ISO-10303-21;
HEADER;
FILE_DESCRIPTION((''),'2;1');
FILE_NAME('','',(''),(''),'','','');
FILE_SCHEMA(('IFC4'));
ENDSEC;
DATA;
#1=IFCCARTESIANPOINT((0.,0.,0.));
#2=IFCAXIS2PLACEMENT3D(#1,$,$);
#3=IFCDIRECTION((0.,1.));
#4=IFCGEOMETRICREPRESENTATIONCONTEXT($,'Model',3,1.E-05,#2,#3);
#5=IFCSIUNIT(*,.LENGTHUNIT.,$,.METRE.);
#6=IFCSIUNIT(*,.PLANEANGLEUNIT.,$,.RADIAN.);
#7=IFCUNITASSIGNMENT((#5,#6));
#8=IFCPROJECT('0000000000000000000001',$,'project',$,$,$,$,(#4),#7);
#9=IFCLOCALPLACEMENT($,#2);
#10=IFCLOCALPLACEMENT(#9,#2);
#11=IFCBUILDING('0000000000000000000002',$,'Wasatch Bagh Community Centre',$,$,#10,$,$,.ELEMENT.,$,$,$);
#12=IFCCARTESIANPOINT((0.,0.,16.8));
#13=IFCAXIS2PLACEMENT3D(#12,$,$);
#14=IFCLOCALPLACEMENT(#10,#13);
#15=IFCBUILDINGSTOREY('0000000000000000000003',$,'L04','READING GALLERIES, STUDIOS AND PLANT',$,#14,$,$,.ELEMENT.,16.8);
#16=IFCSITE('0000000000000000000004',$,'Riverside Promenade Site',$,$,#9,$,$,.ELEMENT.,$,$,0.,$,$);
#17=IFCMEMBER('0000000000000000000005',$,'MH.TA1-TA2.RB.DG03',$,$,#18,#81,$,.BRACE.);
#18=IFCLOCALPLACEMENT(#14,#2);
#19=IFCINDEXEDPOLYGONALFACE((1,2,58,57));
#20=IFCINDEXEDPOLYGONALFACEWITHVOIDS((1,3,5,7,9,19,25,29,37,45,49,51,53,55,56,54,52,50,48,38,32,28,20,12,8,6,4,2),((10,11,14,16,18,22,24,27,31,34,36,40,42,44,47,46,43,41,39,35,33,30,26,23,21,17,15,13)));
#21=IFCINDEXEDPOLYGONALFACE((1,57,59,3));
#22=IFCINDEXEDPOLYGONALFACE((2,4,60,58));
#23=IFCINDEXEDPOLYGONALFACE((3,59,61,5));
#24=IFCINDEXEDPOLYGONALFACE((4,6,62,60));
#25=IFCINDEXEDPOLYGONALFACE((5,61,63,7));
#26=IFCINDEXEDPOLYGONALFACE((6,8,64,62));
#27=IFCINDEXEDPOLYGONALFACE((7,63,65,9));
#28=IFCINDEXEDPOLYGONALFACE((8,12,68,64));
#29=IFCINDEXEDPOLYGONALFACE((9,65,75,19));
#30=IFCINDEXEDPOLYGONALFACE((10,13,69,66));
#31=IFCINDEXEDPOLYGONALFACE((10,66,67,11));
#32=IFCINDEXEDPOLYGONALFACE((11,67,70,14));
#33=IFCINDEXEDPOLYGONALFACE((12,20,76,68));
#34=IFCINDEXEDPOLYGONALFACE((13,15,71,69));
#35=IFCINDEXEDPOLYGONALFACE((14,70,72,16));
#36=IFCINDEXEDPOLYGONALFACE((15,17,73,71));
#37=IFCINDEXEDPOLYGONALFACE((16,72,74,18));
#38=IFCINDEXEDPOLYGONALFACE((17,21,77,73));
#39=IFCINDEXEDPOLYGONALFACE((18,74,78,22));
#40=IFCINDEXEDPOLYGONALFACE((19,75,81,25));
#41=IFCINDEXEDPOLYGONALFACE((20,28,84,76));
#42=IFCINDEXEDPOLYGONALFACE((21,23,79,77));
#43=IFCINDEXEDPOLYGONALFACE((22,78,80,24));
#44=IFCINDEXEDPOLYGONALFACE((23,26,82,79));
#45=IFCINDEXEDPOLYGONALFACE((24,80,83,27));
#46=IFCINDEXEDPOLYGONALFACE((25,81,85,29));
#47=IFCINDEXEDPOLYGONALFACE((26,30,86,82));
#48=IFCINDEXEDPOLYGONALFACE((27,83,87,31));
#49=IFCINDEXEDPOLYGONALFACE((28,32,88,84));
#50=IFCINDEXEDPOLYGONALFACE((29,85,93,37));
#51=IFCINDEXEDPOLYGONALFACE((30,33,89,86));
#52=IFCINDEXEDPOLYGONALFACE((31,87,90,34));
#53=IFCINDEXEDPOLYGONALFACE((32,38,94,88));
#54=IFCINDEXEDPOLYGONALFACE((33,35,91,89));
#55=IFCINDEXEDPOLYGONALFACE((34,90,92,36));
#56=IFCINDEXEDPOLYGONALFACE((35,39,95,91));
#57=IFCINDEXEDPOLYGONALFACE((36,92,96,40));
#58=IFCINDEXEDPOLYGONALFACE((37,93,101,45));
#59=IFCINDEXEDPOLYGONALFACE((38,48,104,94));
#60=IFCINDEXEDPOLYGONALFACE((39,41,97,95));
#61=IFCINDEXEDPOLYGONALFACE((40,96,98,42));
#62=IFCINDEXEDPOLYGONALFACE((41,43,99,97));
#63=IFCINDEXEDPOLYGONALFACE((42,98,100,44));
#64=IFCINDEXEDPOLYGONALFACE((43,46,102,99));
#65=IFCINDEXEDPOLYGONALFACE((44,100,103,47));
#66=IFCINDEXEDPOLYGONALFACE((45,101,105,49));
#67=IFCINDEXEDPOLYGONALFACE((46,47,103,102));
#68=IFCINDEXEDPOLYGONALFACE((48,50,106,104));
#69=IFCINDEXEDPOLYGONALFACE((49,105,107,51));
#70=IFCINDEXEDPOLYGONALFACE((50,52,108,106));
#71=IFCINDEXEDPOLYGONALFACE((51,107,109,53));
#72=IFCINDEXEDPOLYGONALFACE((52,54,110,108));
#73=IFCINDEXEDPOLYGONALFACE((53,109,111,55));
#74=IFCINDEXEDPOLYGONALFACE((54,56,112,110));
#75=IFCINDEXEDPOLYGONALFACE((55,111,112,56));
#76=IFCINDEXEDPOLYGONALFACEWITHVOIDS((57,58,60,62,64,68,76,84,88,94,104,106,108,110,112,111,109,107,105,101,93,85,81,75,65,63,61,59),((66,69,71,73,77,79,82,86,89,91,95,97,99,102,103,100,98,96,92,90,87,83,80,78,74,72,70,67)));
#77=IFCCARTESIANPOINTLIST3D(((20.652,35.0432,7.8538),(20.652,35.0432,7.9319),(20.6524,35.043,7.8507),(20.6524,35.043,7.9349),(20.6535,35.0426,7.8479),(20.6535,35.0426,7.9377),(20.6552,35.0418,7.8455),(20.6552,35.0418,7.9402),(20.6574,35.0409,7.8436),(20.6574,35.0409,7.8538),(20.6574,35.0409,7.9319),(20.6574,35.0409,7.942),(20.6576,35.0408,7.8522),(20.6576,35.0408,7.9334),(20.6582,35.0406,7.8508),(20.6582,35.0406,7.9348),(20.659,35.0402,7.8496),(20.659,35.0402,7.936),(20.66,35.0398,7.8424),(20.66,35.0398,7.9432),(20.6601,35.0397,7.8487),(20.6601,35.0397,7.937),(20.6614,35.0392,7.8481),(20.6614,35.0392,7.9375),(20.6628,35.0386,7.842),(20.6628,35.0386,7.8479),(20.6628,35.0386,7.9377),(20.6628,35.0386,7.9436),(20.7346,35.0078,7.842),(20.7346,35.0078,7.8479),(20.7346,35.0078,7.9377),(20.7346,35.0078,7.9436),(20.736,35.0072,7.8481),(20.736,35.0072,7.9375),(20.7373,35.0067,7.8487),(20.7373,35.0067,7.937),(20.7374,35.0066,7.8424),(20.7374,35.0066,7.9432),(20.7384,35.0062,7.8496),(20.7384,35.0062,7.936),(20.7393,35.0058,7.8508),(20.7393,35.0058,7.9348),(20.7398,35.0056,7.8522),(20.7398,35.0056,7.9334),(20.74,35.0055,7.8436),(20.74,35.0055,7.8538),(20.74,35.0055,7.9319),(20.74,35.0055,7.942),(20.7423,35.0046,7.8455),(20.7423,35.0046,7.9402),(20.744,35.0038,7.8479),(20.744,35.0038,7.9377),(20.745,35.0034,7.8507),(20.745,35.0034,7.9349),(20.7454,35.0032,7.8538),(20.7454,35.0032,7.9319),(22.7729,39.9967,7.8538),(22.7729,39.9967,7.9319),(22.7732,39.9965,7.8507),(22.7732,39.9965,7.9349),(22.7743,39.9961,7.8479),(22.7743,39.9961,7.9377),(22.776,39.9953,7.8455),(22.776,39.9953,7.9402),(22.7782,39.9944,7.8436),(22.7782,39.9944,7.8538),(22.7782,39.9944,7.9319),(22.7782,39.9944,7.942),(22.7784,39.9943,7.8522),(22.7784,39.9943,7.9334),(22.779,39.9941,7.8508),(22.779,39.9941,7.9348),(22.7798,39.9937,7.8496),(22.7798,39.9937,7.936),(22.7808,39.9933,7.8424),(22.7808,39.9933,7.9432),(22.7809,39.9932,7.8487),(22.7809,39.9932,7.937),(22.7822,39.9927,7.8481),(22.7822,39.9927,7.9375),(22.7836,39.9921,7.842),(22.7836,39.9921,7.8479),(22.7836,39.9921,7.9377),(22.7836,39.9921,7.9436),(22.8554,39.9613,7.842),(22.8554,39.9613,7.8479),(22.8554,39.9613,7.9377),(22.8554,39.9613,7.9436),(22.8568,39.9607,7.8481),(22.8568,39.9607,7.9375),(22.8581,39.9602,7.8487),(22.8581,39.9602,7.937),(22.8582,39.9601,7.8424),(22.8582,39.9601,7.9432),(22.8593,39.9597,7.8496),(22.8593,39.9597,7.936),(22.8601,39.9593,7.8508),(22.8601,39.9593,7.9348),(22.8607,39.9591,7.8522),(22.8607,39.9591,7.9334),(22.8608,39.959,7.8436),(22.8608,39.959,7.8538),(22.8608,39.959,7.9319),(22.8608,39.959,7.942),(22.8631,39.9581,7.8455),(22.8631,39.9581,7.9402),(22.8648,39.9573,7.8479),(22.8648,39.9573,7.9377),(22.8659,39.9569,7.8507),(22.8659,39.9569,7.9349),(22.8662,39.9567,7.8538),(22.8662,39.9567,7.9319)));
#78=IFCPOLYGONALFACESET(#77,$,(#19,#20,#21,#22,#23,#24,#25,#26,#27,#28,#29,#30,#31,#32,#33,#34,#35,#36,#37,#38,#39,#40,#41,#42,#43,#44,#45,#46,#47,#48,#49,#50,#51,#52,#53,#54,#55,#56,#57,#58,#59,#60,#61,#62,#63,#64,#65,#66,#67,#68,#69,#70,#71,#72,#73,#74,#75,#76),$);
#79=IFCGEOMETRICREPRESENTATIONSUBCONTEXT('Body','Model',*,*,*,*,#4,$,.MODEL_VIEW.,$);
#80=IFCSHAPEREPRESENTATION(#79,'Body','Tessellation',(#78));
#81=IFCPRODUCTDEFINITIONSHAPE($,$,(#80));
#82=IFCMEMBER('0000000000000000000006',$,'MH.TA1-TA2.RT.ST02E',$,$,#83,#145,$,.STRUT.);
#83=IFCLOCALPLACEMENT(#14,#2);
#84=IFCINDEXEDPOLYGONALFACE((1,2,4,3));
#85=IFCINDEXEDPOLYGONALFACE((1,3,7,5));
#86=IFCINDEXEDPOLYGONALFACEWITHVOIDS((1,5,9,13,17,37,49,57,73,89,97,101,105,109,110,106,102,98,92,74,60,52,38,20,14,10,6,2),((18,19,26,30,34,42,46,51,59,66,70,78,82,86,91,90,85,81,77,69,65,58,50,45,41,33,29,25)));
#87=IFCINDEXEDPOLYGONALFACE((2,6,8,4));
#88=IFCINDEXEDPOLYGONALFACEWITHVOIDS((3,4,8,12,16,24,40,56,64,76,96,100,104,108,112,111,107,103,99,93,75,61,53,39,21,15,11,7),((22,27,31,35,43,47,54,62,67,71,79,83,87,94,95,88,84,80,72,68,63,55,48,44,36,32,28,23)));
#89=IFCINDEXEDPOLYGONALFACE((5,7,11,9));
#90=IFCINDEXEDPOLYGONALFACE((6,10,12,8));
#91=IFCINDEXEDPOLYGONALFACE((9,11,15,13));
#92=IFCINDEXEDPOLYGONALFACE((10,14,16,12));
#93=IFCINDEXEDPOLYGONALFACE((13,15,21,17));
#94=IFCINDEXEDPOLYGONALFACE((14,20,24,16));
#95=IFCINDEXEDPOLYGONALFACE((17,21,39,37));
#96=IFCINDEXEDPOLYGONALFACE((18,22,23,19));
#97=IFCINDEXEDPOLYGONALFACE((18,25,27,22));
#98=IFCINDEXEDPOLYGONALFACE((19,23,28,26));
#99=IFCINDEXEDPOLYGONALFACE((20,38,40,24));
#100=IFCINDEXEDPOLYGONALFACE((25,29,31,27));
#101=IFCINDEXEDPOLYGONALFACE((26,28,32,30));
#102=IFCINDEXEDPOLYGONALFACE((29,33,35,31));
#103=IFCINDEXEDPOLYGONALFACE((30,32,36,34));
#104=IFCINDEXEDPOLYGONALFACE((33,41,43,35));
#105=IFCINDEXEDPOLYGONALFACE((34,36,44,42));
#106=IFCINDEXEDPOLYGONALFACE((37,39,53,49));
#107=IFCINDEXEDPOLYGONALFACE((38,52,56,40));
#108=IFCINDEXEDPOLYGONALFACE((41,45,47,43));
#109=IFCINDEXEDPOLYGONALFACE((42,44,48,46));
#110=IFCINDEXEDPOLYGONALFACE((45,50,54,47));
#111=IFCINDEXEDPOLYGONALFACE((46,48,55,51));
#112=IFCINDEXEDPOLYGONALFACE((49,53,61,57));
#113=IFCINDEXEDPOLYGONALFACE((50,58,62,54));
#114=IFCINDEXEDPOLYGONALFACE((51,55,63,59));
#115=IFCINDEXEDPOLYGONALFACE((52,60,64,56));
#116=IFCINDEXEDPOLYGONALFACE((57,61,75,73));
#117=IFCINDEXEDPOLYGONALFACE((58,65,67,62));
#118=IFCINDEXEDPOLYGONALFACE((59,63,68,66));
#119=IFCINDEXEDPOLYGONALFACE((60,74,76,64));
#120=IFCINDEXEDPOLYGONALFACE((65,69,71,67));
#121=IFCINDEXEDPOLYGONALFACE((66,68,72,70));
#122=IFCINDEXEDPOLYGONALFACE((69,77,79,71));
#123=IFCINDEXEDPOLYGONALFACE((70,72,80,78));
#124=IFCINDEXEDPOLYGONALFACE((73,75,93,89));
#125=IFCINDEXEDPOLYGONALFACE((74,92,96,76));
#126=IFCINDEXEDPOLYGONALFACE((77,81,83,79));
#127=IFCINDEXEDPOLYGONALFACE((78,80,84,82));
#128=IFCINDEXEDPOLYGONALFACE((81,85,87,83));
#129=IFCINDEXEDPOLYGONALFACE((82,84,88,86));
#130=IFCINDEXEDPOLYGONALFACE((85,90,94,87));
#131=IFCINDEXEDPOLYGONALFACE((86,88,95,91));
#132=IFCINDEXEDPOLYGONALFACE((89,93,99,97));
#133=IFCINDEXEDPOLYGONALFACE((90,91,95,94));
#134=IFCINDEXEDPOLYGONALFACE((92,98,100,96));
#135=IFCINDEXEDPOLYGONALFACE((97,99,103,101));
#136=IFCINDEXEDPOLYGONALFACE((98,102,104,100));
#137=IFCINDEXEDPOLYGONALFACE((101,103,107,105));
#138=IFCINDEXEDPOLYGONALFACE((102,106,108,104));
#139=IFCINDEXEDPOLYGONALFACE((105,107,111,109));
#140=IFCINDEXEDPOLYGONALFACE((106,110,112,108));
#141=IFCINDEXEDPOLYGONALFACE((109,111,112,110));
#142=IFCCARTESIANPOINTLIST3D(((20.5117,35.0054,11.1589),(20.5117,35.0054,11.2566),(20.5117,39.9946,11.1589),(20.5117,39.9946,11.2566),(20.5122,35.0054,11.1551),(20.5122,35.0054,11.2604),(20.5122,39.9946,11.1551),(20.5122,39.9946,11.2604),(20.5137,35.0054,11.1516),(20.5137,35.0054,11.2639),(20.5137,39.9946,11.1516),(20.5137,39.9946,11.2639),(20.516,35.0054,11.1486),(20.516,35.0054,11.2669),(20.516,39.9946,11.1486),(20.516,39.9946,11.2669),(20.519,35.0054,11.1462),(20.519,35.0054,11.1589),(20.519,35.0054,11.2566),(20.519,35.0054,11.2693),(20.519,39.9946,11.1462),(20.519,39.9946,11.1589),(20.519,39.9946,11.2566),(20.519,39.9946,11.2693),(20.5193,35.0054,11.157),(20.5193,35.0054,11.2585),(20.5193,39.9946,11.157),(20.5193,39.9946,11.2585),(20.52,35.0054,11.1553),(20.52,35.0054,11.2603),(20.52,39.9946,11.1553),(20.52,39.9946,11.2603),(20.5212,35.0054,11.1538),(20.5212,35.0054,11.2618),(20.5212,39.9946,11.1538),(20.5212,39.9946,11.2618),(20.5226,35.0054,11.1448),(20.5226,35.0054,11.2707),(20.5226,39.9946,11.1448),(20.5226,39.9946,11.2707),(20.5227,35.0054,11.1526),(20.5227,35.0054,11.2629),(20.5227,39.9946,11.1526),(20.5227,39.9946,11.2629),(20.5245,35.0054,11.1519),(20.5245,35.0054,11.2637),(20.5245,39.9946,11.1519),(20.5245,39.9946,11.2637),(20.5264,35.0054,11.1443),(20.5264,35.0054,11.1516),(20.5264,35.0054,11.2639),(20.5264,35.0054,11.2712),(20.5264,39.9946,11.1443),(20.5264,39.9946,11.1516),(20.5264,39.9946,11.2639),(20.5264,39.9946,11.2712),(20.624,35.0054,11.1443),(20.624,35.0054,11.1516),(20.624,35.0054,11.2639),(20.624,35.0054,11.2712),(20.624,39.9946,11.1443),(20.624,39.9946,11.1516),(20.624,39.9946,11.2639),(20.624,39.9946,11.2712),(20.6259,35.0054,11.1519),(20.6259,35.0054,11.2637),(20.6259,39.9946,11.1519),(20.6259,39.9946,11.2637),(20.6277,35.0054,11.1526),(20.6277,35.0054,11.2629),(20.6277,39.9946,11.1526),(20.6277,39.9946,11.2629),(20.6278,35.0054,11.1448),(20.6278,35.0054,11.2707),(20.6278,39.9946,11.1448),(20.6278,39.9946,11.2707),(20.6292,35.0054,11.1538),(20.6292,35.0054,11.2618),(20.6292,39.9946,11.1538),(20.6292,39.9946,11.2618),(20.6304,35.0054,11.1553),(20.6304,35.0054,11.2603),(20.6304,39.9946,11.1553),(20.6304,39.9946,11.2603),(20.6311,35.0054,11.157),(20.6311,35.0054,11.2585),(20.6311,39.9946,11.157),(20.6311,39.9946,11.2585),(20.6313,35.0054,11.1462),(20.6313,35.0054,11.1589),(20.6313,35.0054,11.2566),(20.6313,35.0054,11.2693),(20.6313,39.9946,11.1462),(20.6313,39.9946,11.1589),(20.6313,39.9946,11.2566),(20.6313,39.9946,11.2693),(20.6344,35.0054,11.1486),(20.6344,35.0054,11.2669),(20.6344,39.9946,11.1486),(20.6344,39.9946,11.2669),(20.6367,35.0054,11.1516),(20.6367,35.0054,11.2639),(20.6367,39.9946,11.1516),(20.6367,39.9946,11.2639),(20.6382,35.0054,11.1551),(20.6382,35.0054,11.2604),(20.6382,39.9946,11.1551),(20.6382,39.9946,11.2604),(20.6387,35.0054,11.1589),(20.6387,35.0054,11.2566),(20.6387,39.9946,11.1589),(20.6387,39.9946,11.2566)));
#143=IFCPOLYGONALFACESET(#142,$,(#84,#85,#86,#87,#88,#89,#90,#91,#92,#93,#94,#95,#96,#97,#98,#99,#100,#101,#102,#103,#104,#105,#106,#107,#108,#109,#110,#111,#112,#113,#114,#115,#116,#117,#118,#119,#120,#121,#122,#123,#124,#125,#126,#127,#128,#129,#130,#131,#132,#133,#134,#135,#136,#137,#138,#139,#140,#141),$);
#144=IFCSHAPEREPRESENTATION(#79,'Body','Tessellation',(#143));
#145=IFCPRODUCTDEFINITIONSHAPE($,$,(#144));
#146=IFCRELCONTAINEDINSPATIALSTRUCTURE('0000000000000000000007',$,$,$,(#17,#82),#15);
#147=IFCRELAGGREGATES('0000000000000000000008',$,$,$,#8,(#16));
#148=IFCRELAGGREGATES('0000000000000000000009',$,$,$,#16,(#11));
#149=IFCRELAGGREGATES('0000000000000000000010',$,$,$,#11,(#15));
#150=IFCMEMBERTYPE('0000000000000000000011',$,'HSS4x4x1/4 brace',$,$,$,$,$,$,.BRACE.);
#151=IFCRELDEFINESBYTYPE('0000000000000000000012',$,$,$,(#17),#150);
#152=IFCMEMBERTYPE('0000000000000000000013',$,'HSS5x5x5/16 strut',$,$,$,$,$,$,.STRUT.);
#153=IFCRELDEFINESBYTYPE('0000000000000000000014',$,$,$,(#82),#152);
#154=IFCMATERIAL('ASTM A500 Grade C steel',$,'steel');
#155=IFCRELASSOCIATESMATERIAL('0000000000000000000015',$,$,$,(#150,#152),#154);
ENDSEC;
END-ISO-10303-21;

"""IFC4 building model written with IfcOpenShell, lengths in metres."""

from ifc_helpers import new_model, si_unit, direction, frame, origin, origin_2d, place, context, subcontext, project, spatial, hollow_rectangle, extrude, material, material_profile, profile_set, type_object, element, save


model = new_model("IFC4")

# Units and contexts
model_context = context("Model", 3, precision=1e-05, world=origin(), true_north=direction((0.0, 1.0)))
body_context = subcontext(model_context, "Body", "Model", "MODEL_VIEW")
ifc_project = project(units=[si_unit("LENGTHUNIT", "METRE"), si_unit("PLANEANGLEUNIT", "RADIAN")], contexts=[model_context])

# Site, building, storey
site_placement = place(None, origin())
site = spatial("IfcSite", under=ifc_project, at=site_placement, Name="Riverside Promenade Site", CompositionType="ELEMENT", RefElevation=0.0)
building_placement = place(site_placement, origin())
building = spatial("IfcBuilding", under=site, at=building_placement, Name="Wasatch Bagh Community Centre", CompositionType="ELEMENT")
storey_placement = place(building_placement, frame((0.0, 0.0, 16.8)))
storey = spatial("IfcBuildingStorey", under=building, at=storey_placement, Name="L04", Description="READING GALLERIES, STUDIOS AND PLANT", CompositionType="ELEMENT", Elevation=16.8)

# Members
ifc_material_1 = material(Name="ASTM A500 Grade C steel", Category="steel")
ifc_material_profile_1 = material_profile(ifc_material_1, hollow_rectangle(XDim=0.1016, YDim=0.1016, WallThickness=0.0059, InnerFilletRadius=0.0059, OuterFilletRadius=0.0117, at=origin_2d()), Name="HSS4x4x1/4")
ifc_profile_set_1 = profile_set([ifc_material_profile_1], Name="ASTM A500 Grade C steel")
member_type_1 = type_object("IfcMemberType", Name="HSS4x4x1/4 brace", PredefinedType="BRACE", material=ifc_profile_set_1)
member_1_placement = place(storey_placement, frame((20.6987, 35.0232, 7.8928), z_axis=(0.393586, 0.919288, 0.0), x_axis=(-0.919288, 0.393586, 0.0)))
element("IfcMember", 1, at=member_1_placement, inside=storey, type_object=member_type_1, Name="MH.TA1-TA2.RB.DG03", PredefinedType="BRACE", context=body_context, shape_type="SweptSolid", body=[
    extrude(hollow_rectangle(XDim=0.1016, YDim=0.1016, WallThickness=0.0059, InnerFilletRadius=0.0059, OuterFilletRadius=0.0117, at=origin_2d()), origin(), (0.0, 0.0, 1.0), 5.3884),
])
ifc_material_profile_2 = material_profile(ifc_material_1, hollow_rectangle(XDim=0.127, YDim=0.127, WallThickness=0.0073, InnerFilletRadius=0.0073, OuterFilletRadius=0.0146, at=origin_2d()), Name="HSS5x5x5/16")
ifc_profile_set_2 = profile_set([ifc_material_profile_2], Name="ASTM A500 Grade C steel")
member_type_2 = type_object("IfcMemberType", Name="HSS5x5x5/16 strut", PredefinedType="STRUT", material=ifc_profile_set_2)
member_2_placement = place(storey_placement, frame((20.5752, 35.0054, 11.2078), z_axis=(0.0, 1.0, 0.0), x_axis=(-1.0, 0.0, 0.0)))
element("IfcMember", 2, at=member_2_placement, inside=storey, type_object=member_type_2, Name="MH.TA1-TA2.RT.ST02E", PredefinedType="STRUT", context=body_context, shape_type="SweptSolid", body=[
    extrude(hollow_rectangle(XDim=0.127, YDim=0.127, WallThickness=0.0073, InnerFilletRadius=0.0073, OuterFilletRadius=0.0146, at=origin_2d()), origin(), (0.0, 0.0, 1.0), 4.9893),
])

save(model, "model.ifc")
